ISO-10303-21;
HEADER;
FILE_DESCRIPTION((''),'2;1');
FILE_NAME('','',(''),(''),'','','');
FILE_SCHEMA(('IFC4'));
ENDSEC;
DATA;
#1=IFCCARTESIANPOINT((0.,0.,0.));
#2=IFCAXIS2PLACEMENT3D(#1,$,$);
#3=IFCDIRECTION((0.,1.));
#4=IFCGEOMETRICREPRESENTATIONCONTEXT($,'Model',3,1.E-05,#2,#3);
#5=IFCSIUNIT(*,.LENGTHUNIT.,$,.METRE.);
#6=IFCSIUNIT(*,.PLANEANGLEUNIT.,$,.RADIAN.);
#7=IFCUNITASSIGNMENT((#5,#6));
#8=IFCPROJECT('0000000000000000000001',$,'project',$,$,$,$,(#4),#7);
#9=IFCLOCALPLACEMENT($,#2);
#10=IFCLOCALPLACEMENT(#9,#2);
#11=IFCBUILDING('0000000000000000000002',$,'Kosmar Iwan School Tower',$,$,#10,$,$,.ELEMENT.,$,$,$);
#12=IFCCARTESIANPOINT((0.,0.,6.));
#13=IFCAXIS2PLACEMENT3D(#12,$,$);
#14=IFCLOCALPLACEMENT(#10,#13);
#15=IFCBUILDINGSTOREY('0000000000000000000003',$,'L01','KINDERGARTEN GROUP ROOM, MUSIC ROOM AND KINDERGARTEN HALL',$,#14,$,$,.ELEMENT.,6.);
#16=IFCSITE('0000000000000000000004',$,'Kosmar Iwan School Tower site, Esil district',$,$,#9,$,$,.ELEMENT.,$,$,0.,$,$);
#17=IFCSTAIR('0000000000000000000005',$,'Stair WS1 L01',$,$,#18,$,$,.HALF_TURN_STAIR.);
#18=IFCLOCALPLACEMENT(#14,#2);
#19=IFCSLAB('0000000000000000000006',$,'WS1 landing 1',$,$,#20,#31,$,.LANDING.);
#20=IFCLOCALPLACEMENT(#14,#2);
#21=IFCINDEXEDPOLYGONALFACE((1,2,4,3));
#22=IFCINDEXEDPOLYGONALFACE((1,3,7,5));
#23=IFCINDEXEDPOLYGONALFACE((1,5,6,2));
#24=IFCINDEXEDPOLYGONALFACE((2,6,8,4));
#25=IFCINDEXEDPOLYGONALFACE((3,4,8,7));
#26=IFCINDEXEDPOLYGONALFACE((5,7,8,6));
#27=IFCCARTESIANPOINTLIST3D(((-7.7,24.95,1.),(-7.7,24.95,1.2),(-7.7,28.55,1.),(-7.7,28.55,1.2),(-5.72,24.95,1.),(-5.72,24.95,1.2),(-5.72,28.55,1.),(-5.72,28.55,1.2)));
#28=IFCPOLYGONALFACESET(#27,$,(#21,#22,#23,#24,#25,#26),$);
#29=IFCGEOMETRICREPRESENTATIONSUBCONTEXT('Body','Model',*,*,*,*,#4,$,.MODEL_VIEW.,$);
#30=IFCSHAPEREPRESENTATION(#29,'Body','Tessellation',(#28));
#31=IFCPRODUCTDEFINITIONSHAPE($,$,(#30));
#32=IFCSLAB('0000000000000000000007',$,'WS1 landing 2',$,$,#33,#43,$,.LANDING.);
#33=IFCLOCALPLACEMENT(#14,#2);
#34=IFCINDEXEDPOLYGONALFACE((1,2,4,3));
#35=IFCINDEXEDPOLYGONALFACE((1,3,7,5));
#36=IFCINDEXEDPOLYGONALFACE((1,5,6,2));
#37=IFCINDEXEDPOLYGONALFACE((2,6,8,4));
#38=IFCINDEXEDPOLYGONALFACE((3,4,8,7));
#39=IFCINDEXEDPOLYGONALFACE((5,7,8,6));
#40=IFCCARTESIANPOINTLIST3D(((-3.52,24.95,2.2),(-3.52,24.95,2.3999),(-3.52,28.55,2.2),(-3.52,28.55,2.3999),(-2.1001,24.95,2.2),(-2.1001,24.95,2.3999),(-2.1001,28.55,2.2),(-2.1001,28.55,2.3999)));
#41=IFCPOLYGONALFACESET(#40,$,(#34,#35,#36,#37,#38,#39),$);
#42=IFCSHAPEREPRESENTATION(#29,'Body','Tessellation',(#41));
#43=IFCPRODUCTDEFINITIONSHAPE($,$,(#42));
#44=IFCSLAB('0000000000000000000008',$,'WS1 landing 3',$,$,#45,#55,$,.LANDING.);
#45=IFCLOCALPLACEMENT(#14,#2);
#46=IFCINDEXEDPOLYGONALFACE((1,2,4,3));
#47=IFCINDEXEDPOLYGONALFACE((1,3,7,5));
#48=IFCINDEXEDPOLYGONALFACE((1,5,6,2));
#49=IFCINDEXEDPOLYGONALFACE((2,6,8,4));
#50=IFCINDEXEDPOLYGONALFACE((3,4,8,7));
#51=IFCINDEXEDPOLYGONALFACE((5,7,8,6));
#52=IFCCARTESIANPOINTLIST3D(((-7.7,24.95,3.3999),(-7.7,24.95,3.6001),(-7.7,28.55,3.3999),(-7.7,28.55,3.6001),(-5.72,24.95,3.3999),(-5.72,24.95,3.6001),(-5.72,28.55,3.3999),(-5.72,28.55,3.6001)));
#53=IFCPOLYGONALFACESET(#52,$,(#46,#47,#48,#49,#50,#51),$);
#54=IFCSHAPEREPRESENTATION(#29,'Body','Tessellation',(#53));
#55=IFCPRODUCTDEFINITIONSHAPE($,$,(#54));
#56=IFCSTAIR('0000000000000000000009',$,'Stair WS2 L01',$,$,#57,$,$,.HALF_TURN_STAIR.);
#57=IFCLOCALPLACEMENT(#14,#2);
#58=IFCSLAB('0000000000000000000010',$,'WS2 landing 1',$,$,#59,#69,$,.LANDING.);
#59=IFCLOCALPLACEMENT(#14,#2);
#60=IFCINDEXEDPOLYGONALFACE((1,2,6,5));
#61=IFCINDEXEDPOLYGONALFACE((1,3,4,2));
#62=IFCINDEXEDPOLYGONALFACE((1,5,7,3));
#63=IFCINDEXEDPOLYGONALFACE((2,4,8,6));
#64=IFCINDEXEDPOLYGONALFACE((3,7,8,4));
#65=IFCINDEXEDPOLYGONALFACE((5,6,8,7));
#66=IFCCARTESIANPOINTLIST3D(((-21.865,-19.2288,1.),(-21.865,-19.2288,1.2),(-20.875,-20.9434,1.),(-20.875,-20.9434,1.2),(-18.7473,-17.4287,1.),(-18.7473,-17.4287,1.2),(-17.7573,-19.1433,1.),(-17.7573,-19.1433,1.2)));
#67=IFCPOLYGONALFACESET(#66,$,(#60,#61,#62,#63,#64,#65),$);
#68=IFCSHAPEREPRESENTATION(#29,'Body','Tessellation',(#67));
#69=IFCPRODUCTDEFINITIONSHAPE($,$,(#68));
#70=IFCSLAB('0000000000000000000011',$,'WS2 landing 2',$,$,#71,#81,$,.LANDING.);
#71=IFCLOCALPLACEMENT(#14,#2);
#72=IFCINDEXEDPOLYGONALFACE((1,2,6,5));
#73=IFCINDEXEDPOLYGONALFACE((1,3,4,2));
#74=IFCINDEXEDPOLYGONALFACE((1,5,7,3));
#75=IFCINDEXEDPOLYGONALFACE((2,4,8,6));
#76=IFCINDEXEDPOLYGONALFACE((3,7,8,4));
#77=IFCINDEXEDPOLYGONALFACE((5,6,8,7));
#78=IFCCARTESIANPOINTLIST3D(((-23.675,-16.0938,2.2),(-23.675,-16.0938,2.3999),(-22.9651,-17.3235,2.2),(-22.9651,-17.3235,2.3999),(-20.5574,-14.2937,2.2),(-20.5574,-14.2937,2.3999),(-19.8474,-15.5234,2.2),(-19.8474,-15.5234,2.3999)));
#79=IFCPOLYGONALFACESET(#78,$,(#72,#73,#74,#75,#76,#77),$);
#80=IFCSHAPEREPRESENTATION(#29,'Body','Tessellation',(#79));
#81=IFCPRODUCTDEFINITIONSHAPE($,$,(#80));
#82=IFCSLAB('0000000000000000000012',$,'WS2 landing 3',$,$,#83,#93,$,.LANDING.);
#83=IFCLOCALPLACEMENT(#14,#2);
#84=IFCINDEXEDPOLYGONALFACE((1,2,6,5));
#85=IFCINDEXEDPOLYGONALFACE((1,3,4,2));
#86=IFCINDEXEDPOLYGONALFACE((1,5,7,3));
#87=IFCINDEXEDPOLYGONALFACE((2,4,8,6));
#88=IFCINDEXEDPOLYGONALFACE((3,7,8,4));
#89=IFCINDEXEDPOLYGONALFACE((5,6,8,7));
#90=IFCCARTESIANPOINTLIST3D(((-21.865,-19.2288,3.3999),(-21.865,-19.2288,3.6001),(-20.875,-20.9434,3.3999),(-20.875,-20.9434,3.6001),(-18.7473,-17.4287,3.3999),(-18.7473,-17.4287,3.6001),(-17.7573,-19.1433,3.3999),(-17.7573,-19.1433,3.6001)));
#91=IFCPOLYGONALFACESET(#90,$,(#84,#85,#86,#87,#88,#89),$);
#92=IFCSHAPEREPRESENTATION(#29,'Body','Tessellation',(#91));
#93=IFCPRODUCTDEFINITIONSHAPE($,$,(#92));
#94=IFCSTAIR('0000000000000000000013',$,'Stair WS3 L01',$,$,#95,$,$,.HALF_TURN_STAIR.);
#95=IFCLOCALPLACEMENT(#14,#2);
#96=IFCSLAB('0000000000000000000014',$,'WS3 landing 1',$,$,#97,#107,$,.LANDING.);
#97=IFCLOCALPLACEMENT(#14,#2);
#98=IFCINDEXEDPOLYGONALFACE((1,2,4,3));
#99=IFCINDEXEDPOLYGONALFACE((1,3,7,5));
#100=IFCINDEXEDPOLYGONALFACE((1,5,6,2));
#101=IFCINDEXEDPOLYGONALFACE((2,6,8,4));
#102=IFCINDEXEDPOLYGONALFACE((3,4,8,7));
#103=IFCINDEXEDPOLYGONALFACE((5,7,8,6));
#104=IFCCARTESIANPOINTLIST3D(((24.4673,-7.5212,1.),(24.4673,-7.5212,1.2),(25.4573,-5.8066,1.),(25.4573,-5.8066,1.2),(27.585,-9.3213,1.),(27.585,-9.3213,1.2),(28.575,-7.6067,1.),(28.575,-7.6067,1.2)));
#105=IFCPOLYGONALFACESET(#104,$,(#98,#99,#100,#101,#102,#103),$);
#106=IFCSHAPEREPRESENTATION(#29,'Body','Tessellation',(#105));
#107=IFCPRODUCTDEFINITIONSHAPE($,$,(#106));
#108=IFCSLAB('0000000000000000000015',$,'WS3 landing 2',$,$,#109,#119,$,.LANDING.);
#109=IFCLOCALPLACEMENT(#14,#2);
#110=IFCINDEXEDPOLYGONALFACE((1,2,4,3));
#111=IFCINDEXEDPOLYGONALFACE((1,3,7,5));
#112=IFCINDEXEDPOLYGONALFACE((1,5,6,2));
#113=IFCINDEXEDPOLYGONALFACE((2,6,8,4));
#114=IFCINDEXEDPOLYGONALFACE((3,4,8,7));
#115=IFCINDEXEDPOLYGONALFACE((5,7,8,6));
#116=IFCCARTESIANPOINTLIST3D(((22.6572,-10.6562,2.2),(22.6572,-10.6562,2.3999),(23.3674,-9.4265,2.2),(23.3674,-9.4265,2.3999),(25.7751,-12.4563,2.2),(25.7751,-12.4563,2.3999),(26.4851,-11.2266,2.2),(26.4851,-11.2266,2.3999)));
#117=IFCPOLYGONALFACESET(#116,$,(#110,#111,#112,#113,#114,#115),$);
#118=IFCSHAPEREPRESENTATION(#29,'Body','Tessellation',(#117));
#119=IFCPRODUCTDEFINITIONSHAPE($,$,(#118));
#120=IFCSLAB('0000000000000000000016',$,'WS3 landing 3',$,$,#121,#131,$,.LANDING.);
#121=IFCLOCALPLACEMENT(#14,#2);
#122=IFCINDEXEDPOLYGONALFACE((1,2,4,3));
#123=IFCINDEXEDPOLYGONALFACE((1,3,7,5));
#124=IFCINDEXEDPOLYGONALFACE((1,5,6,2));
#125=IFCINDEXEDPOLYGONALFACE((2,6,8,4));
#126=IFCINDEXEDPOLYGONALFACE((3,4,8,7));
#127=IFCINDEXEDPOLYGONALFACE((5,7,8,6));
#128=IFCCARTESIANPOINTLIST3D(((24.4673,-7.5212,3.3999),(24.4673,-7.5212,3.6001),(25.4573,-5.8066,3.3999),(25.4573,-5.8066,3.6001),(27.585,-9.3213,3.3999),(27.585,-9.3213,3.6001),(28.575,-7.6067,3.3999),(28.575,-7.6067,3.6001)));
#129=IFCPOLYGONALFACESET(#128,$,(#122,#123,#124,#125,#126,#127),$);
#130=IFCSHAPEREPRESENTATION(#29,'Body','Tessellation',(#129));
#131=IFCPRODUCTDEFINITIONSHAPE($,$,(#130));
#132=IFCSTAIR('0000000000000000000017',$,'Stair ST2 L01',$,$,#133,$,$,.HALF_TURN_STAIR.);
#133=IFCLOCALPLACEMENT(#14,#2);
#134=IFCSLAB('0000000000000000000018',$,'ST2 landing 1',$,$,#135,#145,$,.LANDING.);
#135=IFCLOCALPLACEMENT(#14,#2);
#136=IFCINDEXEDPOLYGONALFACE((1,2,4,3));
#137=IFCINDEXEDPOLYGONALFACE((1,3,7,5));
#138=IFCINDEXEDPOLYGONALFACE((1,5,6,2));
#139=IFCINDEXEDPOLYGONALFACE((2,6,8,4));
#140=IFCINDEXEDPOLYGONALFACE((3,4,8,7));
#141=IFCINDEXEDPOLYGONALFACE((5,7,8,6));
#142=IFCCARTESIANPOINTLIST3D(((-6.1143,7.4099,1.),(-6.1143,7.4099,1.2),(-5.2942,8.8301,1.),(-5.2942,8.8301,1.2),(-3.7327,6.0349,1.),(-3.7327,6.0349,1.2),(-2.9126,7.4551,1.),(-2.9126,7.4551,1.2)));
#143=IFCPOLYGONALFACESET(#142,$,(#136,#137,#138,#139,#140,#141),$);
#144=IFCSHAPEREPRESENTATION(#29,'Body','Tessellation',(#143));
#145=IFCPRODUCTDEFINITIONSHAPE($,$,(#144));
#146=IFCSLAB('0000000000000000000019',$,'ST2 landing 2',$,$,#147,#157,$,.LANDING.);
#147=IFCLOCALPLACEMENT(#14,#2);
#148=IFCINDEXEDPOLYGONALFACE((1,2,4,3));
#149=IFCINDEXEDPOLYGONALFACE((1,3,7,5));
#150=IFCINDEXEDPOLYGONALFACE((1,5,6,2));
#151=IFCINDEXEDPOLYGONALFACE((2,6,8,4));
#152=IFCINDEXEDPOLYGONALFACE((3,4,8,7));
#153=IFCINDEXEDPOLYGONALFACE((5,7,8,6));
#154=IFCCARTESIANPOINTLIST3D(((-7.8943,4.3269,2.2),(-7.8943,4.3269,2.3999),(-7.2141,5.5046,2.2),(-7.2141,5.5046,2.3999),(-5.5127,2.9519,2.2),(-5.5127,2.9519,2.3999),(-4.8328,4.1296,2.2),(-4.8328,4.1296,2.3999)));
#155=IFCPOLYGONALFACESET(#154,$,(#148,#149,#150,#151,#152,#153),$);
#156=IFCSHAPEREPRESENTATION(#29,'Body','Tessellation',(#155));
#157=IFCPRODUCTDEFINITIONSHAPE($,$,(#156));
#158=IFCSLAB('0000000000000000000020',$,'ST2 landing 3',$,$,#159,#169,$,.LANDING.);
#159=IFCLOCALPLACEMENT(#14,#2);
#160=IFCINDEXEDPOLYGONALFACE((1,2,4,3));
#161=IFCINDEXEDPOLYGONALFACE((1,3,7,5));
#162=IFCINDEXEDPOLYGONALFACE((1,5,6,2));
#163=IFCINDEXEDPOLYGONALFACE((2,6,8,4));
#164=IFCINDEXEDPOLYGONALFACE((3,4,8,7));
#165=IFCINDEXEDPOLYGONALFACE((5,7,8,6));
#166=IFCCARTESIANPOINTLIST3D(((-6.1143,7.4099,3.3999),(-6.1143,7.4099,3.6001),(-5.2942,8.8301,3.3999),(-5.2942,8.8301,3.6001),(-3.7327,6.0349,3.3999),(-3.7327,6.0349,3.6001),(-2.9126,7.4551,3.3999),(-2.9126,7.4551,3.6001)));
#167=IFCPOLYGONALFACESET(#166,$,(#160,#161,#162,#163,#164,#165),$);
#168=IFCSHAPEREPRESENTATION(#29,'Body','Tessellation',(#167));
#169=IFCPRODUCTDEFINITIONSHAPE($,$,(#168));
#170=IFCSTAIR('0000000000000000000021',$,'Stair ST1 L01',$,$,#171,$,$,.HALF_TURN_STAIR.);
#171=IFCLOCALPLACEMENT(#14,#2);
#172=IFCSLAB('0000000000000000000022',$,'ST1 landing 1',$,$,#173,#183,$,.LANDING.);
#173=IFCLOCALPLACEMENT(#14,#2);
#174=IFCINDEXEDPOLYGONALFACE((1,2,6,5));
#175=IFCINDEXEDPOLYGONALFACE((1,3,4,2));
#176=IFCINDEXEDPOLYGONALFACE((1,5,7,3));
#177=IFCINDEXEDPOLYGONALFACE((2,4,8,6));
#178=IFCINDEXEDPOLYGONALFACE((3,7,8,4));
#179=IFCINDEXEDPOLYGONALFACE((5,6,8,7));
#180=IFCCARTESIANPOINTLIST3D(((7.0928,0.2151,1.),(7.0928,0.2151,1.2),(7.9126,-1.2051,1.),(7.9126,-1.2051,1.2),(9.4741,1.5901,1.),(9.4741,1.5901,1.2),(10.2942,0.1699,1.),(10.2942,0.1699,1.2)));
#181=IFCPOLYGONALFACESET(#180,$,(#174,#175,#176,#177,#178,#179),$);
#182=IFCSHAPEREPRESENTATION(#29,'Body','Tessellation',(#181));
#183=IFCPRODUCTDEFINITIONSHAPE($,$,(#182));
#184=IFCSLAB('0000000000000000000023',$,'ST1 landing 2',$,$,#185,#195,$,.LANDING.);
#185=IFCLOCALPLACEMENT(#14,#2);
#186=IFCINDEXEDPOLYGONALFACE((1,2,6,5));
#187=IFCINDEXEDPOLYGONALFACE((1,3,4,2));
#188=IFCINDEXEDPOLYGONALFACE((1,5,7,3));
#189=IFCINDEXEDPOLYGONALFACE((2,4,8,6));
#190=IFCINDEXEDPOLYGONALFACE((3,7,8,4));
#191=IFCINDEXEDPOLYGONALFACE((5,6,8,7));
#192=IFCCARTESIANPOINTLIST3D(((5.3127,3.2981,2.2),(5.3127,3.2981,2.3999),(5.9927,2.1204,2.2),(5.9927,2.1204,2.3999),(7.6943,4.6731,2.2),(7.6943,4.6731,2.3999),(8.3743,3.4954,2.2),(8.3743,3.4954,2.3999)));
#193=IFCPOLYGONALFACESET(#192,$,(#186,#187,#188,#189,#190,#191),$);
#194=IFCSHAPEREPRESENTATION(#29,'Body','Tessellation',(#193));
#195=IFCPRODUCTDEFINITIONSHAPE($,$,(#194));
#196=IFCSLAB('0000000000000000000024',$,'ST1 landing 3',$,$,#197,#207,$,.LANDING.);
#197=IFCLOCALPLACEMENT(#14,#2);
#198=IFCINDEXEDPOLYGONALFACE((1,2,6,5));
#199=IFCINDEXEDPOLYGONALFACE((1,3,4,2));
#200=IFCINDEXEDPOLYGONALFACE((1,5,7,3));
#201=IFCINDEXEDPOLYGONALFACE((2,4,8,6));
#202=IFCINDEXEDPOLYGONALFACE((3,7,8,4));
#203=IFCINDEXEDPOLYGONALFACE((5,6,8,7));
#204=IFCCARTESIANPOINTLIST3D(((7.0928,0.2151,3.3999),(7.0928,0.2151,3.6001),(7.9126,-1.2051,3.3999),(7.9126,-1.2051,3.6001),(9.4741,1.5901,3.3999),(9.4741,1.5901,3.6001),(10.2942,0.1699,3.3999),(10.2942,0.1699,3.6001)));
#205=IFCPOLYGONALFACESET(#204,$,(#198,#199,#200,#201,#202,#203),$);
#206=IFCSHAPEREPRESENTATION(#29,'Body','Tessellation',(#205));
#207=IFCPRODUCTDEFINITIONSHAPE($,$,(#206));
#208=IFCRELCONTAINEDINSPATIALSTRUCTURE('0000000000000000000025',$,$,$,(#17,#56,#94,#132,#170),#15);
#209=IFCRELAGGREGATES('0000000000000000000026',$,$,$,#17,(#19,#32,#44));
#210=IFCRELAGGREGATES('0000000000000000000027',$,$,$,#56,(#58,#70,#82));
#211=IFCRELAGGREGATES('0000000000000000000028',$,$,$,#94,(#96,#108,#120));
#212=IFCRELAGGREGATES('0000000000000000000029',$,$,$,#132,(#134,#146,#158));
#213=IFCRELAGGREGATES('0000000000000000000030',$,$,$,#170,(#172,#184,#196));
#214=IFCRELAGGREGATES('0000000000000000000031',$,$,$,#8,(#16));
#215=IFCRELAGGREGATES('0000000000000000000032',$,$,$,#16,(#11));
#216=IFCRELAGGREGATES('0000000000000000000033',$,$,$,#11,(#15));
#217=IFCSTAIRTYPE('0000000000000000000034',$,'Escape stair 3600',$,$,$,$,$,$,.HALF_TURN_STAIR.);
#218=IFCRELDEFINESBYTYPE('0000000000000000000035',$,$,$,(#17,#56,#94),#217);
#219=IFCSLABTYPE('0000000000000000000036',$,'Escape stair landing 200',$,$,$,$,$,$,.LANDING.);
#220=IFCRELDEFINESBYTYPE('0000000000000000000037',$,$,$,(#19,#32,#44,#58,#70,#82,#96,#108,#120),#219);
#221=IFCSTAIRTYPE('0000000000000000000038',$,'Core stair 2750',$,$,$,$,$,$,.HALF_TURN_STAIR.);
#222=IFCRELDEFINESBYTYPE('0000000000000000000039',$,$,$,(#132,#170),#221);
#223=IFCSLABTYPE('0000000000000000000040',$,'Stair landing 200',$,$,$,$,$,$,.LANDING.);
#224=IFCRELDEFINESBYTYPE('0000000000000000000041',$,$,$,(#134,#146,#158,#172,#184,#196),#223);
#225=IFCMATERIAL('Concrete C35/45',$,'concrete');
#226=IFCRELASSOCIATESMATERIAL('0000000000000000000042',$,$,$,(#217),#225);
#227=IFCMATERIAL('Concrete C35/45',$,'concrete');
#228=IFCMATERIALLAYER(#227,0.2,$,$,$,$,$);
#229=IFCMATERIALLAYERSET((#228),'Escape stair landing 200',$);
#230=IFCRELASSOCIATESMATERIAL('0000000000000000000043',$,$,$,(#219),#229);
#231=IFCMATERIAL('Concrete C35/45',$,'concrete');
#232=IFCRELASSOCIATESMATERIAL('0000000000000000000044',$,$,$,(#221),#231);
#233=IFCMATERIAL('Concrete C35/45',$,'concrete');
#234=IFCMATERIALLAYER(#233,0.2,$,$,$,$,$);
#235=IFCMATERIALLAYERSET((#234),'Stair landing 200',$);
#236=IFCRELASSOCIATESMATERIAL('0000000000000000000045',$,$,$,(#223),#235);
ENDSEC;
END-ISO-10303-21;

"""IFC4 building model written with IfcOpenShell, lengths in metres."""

from ifc_helpers import new_model, si_unit, direction, frame, origin, place, context, subcontext, project, spatial, polyline, outline, extrude, material, layer, layer_set, type_object, element, aggregate, save


model = new_model("IFC4")

# Units and contexts
model_context = context("Model", 3, precision=1e-05, world=origin(), true_north=direction((0.0, 1.0)))
body_context = subcontext(model_context, "Body", "Model", "MODEL_VIEW")
ifc_project = project(units=[si_unit("LENGTHUNIT", "METRE"), si_unit("PLANEANGLEUNIT", "RADIAN")], contexts=[model_context])

# Site, building, storey
site_placement = place(None, origin())
site = spatial("IfcSite", under=ifc_project, at=site_placement, Name="Kosmar Iwan School Tower site, Esil district", CompositionType="ELEMENT", RefElevation=0.0)
building_placement = place(site_placement, origin())
building = spatial("IfcBuilding", under=site, at=building_placement, Name="Kosmar Iwan School Tower", CompositionType="ELEMENT")
storey_placement = place(building_placement, frame((0.0, 0.0, 6.0)))
storey = spatial("IfcBuildingStorey", under=building, at=storey_placement, Name="L01", Description="KINDERGARTEN GROUP ROOM, MUSIC ROOM AND KINDERGARTEN HALL", CompositionType="ELEMENT", Elevation=6.0)

# Stairs, slabs
ifc_material_1 = material(Name="Concrete C35/45", Category="concrete")
stair_type_1 = type_object("IfcStairType", Name="Escape stair 3600", PredefinedType="HALF_TURN_STAIR", material=ifc_material_1)
stair_1_placement = place(storey_placement, origin())
stair_1 = element("IfcStair", 1, at=stair_1_placement, inside=storey, type_object=stair_type_1, Name="Stair WS1 L01", PredefinedType="HALF_TURN_STAIR")
ifc_material_2 = material(Name="Concrete C35/45", Category="concrete")
ifc_layer_1 = layer(ifc_material_2, 0.2)
ifc_layer_set_1 = layer_set([ifc_layer_1], Name="Escape stair landing 200")
slab_type_1 = type_object("IfcSlabType", Name="Escape stair landing 200", PredefinedType="LANDING", material=ifc_layer_set_1)
slab_1_placement = place(storey_placement, frame((0.0, 0.0, 1.0)))
slab_1 = element("IfcSlab", 2, at=slab_1_placement, type_object=slab_type_1, Name="WS1 landing 1", PredefinedType="LANDING", context=body_context, shape_type="SweptSolid", body=[
    extrude(outline(polyline([(-5.72, 24.95), (-5.72, 28.55), (-7.7, 28.55), (-7.7, 24.95), (-5.72, 24.95)])), origin(), (0.0, 0.0, 1.0), 0.2),
])
slab_2_placement = place(storey_placement, frame((0.0, 0.0, 2.2)))
slab_2 = element("IfcSlab", 3, at=slab_2_placement, type_object=slab_type_1, Name="WS1 landing 2", PredefinedType="LANDING", context=body_context, shape_type="SweptSolid", body=[
    extrude(outline(polyline([(-2.1001, 24.95), (-2.1001, 28.55), (-3.52, 28.55), (-3.52, 24.95), (-2.1001, 24.95)])), origin(), (0.0, 0.0, 1.0), 0.2),
])
slab_3_placement = place(storey_placement, frame((0.0, 0.0, 3.3999)))
slab_3 = element("IfcSlab", 4, at=slab_3_placement, type_object=slab_type_1, Name="WS1 landing 3", PredefinedType="LANDING", context=body_context, shape_type="SweptSolid", body=[
    extrude(outline(polyline([(-5.72, 24.95), (-5.72, 28.55), (-7.7, 28.55), (-7.7, 24.95), (-5.72, 24.95)])), origin(), (0.0, 0.0, 1.0), 0.2002),
])
aggregate(stair_1, [slab_1, slab_2, slab_3])
stair_2_placement = place(storey_placement, origin())
stair_2 = element("IfcStair", 5, at=stair_2_placement, inside=storey, type_object=stair_type_1, Name="Stair WS2 L01", PredefinedType="HALF_TURN_STAIR")
slab_4_placement = place(storey_placement, frame((0.0, 0.0, 1.0)))
slab_4 = element("IfcSlab", 6, at=slab_4_placement, type_object=slab_type_1, Name="WS2 landing 1", PredefinedType="LANDING", context=body_context, shape_type="SweptSolid", body=[
    extrude(outline(polyline([(-18.7473, -17.4287), (-21.865, -19.2288), (-20.875, -20.9434), (-17.7573, -19.1433), (-18.7473, -17.4287)])), origin(), (0.0, 0.0, 1.0), 0.2),
])
slab_5_placement = place(storey_placement, frame((0.0, 0.0, 2.2)))
slab_5 = element("IfcSlab", 7, at=slab_5_placement, type_object=slab_type_1, Name="WS2 landing 2", PredefinedType="LANDING", context=body_context, shape_type="SweptSolid", body=[
    extrude(outline(polyline([(-20.5574, -14.2937), (-23.675, -16.0938), (-22.9651, -17.3235), (-19.8474, -15.5234), (-20.5574, -14.2937)])), origin(), (0.0, 0.0, 1.0), 0.2),
])
slab_6_placement = place(storey_placement, frame((0.0, 0.0, 3.3999)))
slab_6 = element("IfcSlab", 8, at=slab_6_placement, type_object=slab_type_1, Name="WS2 landing 3", PredefinedType="LANDING", context=body_context, shape_type="SweptSolid", body=[
    extrude(outline(polyline([(-18.7473, -17.4287), (-21.865, -19.2288), (-20.875, -20.9434), (-17.7573, -19.1433), (-18.7473, -17.4287)])), origin(), (0.0, 0.0, 1.0), 0.2002),
])
aggregate(stair_2, [slab_4, slab_5, slab_6])
stair_3_placement = place(storey_placement, origin())
stair_3 = element("IfcStair", 9, at=stair_3_placement, inside=storey, type_object=stair_type_1, Name="Stair WS3 L01", PredefinedType="HALF_TURN_STAIR")
slab_7_placement = place(storey_placement, frame((0.0, 0.0, 1.0)))
slab_7 = element("IfcSlab", 10, at=slab_7_placement, type_object=slab_type_1, Name="WS3 landing 1", PredefinedType="LANDING", context=body_context, shape_type="SweptSolid", body=[
    extrude(outline(polyline([(24.4673, -7.5212), (27.585, -9.3213), (28.575, -7.6067), (25.4573, -5.8066), (24.4673, -7.5212)])), origin(), (0.0, 0.0, 1.0), 0.2),
])
slab_8_placement = place(storey_placement, frame((0.0, 0.0, 2.2)))
slab_8 = element("IfcSlab", 11, at=slab_8_placement, type_object=slab_type_1, Name="WS3 landing 2", PredefinedType="LANDING", context=body_context, shape_type="SweptSolid", body=[
    extrude(outline(polyline([(22.6572, -10.6562), (25.7751, -12.4563), (26.4851, -11.2266), (23.3674, -9.4265), (22.6572, -10.6562)])), origin(), (0.0, 0.0, 1.0), 0.2),
])
slab_9_placement = place(storey_placement, frame((0.0, 0.0, 3.3999)))
slab_9 = element("IfcSlab", 12, at=slab_9_placement, type_object=slab_type_1, Name="WS3 landing 3", PredefinedType="LANDING", context=body_context, shape_type="SweptSolid", body=[
    extrude(outline(polyline([(24.4673, -7.5212), (27.585, -9.3213), (28.575, -7.6067), (25.4573, -5.8066), (24.4673, -7.5212)])), origin(), (0.0, 0.0, 1.0), 0.2002),
])
aggregate(stair_3, [slab_7, slab_8, slab_9])
ifc_material_3 = material(Name="Concrete C35/45", Category="concrete")
stair_type_2 = type_object("IfcStairType", Name="Core stair 2750", PredefinedType="HALF_TURN_STAIR", material=ifc_material_3)
stair_4_placement = place(storey_placement, origin())
stair_4 = element("IfcStair", 13, at=stair_4_placement, inside=storey, type_object=stair_type_2, Name="Stair ST2 L01", PredefinedType="HALF_TURN_STAIR")
ifc_material_4 = material(Name="Concrete C35/45", Category="concrete")
ifc_layer_2 = layer(ifc_material_4, 0.2)
ifc_layer_set_2 = layer_set([ifc_layer_2], Name="Stair landing 200")
slab_type_2 = type_object("IfcSlabType", Name="Stair landing 200", PredefinedType="LANDING", material=ifc_layer_set_2)
slab_10_placement = place(storey_placement, frame((0.0, 0.0, 1.0)))
slab_10 = element("IfcSlab", 14, at=slab_10_placement, type_object=slab_type_2, Name="ST2 landing 1", PredefinedType="LANDING", context=body_context, shape_type="SweptSolid", body=[
    extrude(outline(polyline([(-2.9126, 7.4551), (-5.2942, 8.8301), (-6.1143, 7.4099), (-3.7327, 6.0349), (-2.9126, 7.4551)])), origin(), (0.0, 0.0, 1.0), 0.2),
])
slab_11_placement = place(storey_placement, frame((0.0, 0.0, 2.2)))
slab_11 = element("IfcSlab", 15, at=slab_11_placement, type_object=slab_type_2, Name="ST2 landing 2", PredefinedType="LANDING", context=body_context, shape_type="SweptSolid", body=[
    extrude(outline(polyline([(-4.8328, 4.1296), (-7.2141, 5.5046), (-7.8943, 4.3269), (-5.5127, 2.9519), (-4.8328, 4.1296)])), origin(), (0.0, 0.0, 1.0), 0.2),
])
slab_12_placement = place(storey_placement, frame((0.0, 0.0, 3.3999)))
slab_12 = element("IfcSlab", 16, at=slab_12_placement, type_object=slab_type_2, Name="ST2 landing 3", PredefinedType="LANDING", context=body_context, shape_type="SweptSolid", body=[
    extrude(outline(polyline([(-2.9126, 7.4551), (-5.2942, 8.8301), (-6.1143, 7.4099), (-3.7327, 6.0349), (-2.9126, 7.4551)])), origin(), (0.0, 0.0, 1.0), 0.2002),
])
aggregate(stair_4, [slab_10, slab_11, slab_12])
stair_5_placement = place(storey_placement, origin())
stair_5 = element("IfcStair", 17, at=stair_5_placement, inside=storey, type_object=stair_type_2, Name="Stair ST1 L01", PredefinedType="HALF_TURN_STAIR")
slab_13_placement = place(storey_placement, frame((0.0, 0.0, 1.0)))
slab_13 = element("IfcSlab", 18, at=slab_13_placement, type_object=slab_type_2, Name="ST1 landing 1", PredefinedType="LANDING", context=body_context, shape_type="SweptSolid", body=[
    extrude(outline(polyline([(7.9126, -1.2051), (10.2942, 0.1699), (9.4741, 1.5901), (7.0928, 0.2151), (7.9126, -1.2051)])), origin(), (0.0, 0.0, 1.0), 0.2),
])
slab_14_placement = place(storey_placement, frame((0.0, 0.0, 2.2)))
slab_14 = element("IfcSlab", 19, at=slab_14_placement, type_object=slab_type_2, Name="ST1 landing 2", PredefinedType="LANDING", context=body_context, shape_type="SweptSolid", body=[
    extrude(outline(polyline([(5.9927, 2.1204), (8.3743, 3.4954), (7.6943, 4.6731), (5.3127, 3.2981), (5.9927, 2.1204)])), origin(), (0.0, 0.0, 1.0), 0.2),
])
slab_15_placement = place(storey_placement, frame((0.0, 0.0, 3.3999)))
slab_15 = element("IfcSlab", 20, at=slab_15_placement, type_object=slab_type_2, Name="ST1 landing 3", PredefinedType="LANDING", context=body_context, shape_type="SweptSolid", body=[
    extrude(outline(polyline([(7.9126, -1.2051), (10.2942, 0.1699), (9.4741, 1.5901), (7.0928, 0.2151), (7.9126, -1.2051)])), origin(), (0.0, 0.0, 1.0), 0.2002),
])

aggregate(stair_5, [slab_13, slab_14, slab_15])

save(model, "model.ifc")
